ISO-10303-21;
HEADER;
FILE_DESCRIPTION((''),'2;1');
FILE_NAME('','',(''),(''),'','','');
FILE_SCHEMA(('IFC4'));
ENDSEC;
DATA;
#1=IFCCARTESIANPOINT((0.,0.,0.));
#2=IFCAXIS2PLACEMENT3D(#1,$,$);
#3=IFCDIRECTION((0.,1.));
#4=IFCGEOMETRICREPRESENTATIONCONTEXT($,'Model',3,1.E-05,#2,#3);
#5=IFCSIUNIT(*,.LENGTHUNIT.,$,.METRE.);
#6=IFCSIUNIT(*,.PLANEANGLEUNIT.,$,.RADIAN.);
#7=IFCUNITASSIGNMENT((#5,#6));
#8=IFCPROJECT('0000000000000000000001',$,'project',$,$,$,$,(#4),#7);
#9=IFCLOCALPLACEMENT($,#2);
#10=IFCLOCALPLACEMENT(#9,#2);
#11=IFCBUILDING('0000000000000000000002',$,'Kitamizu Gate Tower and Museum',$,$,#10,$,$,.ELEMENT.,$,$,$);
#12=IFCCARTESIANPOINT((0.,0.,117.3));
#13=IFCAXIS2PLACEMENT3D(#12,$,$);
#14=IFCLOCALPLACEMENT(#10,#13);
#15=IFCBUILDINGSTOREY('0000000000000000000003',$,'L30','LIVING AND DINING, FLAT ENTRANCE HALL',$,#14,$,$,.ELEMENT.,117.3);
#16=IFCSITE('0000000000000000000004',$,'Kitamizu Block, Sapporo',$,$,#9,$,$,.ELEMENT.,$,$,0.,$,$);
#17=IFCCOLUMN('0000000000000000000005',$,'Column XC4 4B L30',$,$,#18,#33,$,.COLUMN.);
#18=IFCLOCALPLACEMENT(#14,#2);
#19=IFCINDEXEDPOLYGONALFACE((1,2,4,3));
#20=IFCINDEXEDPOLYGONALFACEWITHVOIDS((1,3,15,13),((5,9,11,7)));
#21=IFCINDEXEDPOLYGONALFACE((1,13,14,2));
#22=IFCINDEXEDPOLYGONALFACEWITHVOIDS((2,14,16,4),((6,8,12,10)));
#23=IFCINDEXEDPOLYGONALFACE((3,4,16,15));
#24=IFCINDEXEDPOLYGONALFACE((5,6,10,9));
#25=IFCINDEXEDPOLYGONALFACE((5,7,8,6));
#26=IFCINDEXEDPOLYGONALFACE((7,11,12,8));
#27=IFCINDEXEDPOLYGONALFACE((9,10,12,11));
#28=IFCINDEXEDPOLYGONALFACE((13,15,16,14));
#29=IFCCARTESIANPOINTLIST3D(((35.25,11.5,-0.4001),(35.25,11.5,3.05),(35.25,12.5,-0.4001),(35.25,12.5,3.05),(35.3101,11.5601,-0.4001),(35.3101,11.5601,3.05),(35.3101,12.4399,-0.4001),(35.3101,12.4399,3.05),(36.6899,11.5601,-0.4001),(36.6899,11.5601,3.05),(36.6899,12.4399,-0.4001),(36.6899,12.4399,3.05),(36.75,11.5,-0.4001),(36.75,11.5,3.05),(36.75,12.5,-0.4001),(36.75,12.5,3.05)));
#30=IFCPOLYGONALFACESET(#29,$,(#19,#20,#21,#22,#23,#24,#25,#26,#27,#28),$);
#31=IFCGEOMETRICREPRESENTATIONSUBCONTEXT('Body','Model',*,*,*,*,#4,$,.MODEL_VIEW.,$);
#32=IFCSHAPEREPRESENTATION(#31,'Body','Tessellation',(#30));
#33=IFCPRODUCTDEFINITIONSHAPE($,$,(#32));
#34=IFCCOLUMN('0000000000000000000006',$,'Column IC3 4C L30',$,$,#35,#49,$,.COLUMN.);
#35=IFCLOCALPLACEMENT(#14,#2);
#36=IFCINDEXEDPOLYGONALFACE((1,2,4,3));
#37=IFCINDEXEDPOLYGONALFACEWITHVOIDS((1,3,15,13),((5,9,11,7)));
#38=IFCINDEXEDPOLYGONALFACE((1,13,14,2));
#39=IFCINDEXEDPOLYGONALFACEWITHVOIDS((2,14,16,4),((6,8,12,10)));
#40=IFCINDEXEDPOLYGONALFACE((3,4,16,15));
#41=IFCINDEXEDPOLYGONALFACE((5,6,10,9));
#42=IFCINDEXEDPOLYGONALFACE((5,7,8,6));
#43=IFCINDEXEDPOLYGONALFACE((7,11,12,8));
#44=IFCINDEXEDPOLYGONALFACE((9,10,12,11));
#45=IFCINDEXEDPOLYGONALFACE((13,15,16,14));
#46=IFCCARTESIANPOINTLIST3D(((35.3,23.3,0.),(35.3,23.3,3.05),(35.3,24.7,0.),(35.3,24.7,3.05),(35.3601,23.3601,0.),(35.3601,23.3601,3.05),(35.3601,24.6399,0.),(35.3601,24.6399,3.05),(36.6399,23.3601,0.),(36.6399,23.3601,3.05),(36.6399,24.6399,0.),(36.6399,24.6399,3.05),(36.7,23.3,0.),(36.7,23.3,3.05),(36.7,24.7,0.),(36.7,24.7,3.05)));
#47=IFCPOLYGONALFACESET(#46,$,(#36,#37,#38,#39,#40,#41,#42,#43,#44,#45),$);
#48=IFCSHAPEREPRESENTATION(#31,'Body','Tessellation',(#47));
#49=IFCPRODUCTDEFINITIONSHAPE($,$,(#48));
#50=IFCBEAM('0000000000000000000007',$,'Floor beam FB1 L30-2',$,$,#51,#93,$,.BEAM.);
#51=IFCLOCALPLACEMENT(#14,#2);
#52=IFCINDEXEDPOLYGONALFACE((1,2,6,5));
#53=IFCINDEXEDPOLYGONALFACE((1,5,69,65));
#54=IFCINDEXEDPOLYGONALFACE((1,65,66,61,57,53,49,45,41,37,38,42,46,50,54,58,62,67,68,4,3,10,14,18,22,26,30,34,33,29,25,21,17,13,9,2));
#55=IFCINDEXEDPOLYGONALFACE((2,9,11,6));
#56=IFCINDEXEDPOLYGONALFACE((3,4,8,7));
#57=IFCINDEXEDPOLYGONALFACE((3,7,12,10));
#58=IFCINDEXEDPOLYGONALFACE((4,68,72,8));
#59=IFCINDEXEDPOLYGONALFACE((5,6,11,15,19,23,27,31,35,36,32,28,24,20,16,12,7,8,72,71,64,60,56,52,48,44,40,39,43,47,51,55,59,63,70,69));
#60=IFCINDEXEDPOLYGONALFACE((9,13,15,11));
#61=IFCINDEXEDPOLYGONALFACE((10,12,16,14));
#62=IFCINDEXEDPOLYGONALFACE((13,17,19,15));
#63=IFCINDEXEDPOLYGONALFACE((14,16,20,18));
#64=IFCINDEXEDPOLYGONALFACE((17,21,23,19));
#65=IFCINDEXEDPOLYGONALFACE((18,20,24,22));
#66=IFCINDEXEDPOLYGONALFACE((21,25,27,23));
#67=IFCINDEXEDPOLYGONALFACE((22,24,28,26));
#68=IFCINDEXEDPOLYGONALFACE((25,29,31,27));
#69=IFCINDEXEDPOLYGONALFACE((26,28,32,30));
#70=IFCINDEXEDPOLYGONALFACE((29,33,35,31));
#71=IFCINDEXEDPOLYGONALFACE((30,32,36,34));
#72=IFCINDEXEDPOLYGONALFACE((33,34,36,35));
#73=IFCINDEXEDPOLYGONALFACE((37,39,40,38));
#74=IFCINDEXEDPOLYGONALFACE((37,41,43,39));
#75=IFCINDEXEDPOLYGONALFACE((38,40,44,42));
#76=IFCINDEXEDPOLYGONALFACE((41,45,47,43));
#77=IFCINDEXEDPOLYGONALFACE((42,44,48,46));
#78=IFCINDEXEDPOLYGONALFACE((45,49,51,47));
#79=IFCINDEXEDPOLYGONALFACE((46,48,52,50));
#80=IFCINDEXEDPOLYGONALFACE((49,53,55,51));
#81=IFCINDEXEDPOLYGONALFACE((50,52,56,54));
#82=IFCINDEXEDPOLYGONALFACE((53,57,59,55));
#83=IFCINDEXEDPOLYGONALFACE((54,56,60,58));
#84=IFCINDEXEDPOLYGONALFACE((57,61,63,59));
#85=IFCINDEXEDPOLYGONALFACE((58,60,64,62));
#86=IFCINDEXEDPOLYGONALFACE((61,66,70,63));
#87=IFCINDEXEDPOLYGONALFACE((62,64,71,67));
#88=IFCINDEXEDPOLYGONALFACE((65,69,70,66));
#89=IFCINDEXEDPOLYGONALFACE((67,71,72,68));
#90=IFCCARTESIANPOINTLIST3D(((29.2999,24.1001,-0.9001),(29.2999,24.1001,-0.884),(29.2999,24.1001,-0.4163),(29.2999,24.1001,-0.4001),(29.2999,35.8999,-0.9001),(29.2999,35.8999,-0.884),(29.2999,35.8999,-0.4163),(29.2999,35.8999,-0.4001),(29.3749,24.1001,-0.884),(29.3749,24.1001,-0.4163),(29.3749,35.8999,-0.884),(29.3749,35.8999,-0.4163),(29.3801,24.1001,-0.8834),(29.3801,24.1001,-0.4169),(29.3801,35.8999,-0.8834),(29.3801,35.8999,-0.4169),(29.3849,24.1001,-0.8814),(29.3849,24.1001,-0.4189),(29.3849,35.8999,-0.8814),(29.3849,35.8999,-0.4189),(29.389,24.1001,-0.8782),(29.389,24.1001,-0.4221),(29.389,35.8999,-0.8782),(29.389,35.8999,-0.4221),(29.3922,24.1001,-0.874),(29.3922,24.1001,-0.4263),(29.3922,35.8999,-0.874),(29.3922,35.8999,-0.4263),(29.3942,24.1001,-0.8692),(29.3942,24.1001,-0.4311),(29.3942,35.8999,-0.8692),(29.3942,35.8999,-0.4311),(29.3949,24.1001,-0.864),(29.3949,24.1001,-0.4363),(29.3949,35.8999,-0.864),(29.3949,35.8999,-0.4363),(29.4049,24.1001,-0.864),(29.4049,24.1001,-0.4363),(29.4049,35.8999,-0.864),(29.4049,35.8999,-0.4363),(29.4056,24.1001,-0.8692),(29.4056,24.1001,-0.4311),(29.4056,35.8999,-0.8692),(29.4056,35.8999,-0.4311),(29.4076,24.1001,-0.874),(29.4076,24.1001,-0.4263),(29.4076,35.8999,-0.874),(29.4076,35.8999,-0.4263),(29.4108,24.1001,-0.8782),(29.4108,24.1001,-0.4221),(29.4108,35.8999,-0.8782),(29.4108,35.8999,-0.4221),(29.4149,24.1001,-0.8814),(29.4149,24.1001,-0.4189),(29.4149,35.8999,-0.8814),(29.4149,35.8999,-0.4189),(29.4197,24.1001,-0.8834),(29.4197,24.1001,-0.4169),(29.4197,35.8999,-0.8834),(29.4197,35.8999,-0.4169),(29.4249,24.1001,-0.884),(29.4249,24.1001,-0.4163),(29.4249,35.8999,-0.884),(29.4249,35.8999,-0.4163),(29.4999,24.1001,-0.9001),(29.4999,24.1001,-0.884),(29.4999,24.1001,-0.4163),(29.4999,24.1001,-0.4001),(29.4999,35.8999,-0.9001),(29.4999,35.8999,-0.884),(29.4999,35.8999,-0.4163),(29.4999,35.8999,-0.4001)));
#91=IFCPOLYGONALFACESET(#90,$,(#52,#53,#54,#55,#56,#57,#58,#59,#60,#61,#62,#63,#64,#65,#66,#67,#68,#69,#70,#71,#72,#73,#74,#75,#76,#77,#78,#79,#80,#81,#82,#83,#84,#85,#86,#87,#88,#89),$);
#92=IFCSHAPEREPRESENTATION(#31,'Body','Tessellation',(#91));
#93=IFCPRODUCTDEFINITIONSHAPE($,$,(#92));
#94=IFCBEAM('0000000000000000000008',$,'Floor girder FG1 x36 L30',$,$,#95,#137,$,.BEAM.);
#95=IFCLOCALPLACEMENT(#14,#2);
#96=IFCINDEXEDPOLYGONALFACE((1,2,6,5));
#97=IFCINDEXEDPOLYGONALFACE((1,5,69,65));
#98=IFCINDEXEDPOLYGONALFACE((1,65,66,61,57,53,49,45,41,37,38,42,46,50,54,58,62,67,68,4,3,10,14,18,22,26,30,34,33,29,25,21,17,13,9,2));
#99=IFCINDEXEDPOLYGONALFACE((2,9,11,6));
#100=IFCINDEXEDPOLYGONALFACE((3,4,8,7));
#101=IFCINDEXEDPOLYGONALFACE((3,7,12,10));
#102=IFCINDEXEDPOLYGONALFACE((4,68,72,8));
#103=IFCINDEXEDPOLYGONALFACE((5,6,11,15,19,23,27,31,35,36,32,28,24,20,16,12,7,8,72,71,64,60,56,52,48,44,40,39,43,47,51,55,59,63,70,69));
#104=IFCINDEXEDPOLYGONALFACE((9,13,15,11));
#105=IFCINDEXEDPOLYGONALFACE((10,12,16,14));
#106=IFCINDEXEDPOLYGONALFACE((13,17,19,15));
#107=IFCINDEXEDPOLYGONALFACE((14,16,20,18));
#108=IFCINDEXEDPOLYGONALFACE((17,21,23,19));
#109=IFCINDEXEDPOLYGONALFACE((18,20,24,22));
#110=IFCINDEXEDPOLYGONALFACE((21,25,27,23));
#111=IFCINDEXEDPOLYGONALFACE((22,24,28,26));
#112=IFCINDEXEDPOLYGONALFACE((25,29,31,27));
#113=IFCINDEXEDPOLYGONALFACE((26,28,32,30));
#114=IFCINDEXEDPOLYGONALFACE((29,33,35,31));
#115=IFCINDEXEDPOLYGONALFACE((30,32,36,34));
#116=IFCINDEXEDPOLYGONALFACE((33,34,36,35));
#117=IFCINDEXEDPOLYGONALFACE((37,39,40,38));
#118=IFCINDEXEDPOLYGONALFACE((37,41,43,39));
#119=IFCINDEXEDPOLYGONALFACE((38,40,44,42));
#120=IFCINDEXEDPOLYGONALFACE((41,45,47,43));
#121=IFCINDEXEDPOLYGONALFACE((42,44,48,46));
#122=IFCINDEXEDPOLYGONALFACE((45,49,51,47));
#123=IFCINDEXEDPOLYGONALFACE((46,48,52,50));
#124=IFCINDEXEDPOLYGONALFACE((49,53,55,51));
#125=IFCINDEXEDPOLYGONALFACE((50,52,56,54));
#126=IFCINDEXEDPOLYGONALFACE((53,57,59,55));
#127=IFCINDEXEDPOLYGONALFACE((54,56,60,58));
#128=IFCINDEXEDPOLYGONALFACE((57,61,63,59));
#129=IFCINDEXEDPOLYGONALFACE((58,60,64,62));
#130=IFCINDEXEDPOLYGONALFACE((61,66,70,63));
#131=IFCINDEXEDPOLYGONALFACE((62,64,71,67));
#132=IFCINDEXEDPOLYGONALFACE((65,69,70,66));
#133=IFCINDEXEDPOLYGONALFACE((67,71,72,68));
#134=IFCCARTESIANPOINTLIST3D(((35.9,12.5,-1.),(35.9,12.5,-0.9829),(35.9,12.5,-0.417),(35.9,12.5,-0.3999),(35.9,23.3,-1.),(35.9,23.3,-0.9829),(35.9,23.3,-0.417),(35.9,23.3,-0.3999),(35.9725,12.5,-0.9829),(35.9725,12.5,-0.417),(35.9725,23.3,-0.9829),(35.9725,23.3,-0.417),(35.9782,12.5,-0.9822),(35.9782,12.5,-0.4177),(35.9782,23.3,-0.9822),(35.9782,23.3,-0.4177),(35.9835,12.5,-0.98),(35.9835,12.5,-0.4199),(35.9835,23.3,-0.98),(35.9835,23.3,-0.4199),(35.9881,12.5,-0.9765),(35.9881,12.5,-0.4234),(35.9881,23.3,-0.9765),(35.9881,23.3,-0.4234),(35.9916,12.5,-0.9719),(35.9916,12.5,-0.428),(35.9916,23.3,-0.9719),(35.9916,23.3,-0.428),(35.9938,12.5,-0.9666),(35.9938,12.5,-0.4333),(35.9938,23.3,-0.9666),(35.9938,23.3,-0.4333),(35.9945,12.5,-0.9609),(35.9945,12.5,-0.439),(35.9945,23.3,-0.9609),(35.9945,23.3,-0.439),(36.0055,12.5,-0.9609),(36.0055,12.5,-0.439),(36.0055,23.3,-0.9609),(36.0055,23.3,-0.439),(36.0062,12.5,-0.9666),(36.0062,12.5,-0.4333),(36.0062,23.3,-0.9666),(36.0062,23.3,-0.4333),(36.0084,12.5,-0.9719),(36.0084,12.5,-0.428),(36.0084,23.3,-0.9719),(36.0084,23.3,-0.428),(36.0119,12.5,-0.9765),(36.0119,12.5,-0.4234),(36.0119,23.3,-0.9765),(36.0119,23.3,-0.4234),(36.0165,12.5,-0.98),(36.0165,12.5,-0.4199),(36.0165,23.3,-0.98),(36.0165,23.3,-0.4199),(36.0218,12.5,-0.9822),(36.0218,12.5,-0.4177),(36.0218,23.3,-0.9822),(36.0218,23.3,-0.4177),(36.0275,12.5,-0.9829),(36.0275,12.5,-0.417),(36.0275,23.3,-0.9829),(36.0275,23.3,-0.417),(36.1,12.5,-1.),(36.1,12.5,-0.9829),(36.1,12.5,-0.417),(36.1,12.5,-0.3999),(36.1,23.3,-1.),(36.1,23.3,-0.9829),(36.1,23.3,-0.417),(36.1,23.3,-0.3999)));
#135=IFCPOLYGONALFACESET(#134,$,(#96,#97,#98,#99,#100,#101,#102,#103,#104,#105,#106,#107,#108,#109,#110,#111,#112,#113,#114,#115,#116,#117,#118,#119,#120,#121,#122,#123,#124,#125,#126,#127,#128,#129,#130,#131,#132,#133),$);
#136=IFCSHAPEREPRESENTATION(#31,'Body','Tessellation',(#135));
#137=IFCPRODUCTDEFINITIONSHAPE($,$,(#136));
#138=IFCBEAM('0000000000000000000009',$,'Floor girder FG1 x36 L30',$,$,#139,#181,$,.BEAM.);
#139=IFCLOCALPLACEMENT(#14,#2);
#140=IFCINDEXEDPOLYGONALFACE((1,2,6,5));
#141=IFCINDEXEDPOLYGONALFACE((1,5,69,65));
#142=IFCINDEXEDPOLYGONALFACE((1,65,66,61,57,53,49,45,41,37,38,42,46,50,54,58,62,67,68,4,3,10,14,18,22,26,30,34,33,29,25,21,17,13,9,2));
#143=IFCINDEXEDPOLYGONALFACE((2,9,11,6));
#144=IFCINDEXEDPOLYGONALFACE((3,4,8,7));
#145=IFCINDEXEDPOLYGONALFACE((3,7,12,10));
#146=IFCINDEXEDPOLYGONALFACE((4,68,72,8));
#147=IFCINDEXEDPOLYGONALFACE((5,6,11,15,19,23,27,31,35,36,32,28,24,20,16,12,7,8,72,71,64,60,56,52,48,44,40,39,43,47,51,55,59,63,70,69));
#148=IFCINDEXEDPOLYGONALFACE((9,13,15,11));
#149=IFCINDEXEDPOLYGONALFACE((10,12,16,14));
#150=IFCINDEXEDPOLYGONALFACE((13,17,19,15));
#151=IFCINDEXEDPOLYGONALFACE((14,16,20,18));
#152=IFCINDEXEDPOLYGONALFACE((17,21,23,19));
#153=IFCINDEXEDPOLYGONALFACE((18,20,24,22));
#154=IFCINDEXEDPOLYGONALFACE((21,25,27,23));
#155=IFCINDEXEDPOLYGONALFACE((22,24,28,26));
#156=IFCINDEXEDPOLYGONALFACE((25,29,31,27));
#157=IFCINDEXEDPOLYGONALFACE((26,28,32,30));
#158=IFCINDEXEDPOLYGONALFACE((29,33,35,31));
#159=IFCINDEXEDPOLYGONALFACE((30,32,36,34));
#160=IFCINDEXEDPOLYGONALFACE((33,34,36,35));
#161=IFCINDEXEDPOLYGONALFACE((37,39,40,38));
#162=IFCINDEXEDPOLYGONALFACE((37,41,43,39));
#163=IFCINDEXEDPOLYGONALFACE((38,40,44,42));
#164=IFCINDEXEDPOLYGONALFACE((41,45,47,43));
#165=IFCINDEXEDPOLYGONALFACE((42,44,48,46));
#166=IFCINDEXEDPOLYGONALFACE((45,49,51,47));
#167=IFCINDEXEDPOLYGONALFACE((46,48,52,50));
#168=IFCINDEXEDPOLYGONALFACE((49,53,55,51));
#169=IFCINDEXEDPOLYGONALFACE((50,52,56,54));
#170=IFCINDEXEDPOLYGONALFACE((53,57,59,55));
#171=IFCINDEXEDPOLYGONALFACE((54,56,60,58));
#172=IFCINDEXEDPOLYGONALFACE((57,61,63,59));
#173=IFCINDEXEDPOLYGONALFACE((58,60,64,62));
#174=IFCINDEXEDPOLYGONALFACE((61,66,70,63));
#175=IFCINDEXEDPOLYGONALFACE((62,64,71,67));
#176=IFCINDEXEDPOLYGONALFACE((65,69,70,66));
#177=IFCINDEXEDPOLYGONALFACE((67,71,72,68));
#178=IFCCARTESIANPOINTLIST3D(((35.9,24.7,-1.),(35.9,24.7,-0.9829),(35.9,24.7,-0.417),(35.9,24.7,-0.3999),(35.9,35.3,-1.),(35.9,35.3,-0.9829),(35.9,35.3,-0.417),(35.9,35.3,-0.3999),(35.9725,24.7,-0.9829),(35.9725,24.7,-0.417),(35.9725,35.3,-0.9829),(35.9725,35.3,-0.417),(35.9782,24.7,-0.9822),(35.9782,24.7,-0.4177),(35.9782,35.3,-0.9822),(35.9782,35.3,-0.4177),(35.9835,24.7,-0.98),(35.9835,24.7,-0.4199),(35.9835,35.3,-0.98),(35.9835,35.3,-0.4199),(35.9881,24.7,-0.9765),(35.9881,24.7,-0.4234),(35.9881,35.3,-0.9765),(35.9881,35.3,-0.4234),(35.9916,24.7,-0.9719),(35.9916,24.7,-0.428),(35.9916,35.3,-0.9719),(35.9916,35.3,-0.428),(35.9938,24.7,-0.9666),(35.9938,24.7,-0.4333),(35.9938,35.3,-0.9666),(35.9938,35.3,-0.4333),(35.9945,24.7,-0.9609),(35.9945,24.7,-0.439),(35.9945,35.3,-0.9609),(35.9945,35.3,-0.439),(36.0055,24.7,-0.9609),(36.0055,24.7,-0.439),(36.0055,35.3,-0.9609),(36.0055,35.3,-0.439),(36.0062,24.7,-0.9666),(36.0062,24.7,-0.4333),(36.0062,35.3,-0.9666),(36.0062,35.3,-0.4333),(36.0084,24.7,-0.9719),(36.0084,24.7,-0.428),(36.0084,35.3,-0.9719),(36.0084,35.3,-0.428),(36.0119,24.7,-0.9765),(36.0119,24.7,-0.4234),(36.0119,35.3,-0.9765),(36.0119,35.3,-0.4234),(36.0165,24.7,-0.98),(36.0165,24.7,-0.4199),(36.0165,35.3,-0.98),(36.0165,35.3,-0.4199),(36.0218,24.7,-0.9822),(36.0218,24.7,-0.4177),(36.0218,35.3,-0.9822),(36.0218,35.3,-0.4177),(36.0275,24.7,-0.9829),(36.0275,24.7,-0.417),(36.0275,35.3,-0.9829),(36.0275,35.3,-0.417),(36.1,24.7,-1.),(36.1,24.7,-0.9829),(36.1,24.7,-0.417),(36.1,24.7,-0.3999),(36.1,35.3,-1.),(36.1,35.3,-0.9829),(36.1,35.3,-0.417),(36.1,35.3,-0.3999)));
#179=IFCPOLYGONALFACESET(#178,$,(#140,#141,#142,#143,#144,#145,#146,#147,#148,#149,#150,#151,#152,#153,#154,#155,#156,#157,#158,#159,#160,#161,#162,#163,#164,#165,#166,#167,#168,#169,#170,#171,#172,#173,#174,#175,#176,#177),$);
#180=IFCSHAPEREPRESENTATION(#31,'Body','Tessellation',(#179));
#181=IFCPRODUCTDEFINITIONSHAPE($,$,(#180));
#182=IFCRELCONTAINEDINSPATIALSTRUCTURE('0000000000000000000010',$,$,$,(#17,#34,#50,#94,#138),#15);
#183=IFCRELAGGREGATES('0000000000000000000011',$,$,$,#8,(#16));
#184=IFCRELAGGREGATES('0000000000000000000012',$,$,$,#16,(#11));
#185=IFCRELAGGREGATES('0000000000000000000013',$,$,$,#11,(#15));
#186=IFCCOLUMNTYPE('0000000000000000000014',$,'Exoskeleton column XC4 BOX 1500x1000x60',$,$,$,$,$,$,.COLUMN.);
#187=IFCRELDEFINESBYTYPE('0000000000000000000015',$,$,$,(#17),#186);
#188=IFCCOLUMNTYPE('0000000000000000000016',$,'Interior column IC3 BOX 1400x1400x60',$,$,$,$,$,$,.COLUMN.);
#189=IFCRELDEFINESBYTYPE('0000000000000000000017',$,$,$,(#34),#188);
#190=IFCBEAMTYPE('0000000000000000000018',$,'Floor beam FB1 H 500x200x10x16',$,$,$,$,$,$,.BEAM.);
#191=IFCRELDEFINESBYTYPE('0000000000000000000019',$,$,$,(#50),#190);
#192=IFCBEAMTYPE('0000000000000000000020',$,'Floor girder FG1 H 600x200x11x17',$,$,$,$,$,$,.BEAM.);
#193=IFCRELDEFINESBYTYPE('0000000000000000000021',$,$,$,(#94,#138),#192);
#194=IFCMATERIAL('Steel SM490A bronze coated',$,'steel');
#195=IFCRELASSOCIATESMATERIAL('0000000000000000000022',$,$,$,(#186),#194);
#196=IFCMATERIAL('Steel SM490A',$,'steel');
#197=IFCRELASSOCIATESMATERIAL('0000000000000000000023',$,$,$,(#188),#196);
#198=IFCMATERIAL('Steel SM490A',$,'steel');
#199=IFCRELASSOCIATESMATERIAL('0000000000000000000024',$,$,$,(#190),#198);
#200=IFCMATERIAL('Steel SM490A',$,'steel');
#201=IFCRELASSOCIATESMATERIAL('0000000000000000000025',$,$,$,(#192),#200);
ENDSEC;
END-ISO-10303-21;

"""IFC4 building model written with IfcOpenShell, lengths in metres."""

from ifc_helpers import new_model, si_unit, direction, frame, origin, origin_2d, place, context, subcontext, project, spatial, hollow_rectangle, i_section, extrude, material, material_profile, profile_set, type_object, element, save


model = new_model("IFC4")

# Units and contexts
model_context = context("Model", 3, precision=1e-05, world=origin(), true_north=direction((0.0, 1.0)))
body_context = subcontext(model_context, "Body", "Model", "MODEL_VIEW")
ifc_project = project(units=[si_unit("LENGTHUNIT", "METRE"), si_unit("PLANEANGLEUNIT", "RADIAN")], contexts=[model_context])

# Site, building, storey
site_placement = place(None, origin())
site = spatial("IfcSite", under=ifc_project, at=site_placement, Name="Kitamizu Block, Sapporo", CompositionType="ELEMENT", RefElevation=0.0)
building_placement = place(site_placement, origin())
building = spatial("IfcBuilding", under=site, at=building_placement, Name="Kitamizu Gate Tower and Museum", CompositionType="ELEMENT")
storey_placement = place(building_placement, frame((0.0, 0.0, 117.3)))
storey = spatial("IfcBuildingStorey", under=building, at=storey_placement, Name="L30", Description="LIVING AND DINING, FLAT ENTRANCE HALL", CompositionType="ELEMENT", Elevation=117.3)

# Columns
ifc_material_1 = material(Name="Steel SM490A bronze coated", Category="steel")
ifc_material_profile_1 = material_profile(ifc_material_1, hollow_rectangle(XDim=1.5, YDim=1.0, WallThickness=0.0601, at=origin_2d()), Name="BOX 1500x1000x60")
ifc_profile_set_1 = profile_set([ifc_material_profile_1], Name="Steel SM490A bronze coated")
column_type_1 = type_object("IfcColumnType", Name="Exoskeleton column XC4 BOX 1500x1000x60", PredefinedType="COLUMN", material=ifc_profile_set_1)
column_1_placement = place(storey_placement, frame((36.0, 12.0, -0.4001), z_axis=(0.0, 0.0, 1.0), x_axis=(1.0, 0.0, 0.0)))
element("IfcColumn", 1, at=column_1_placement, inside=storey, type_object=column_type_1, Name="Column XC4 4B L30", PredefinedType="COLUMN", context=body_context, shape_type="SweptSolid", body=[
    extrude(hollow_rectangle(XDim=1.5, YDim=1.0, WallThickness=0.0601, at=origin_2d()), origin(), (0.0, 0.0, 1.0), 3.4502),
])
ifc_material_2 = material(Name="Steel SM490A", Category="steel")
ifc_material_profile_2 = material_profile(ifc_material_2, hollow_rectangle(XDim=1.3999, YDim=1.3999, WallThickness=0.0601, at=origin_2d()), Name="BOX 1400x1400x60")
ifc_profile_set_2 = profile_set([ifc_material_profile_2], Name="Steel SM490A")
column_type_2 = type_object("IfcColumnType", Name="Interior column IC3 BOX 1400x1400x60", PredefinedType="COLUMN", material=ifc_profile_set_2)
column_2_placement = place(storey_placement, frame((36.0, 24.0, 0.0), z_axis=(0.0, 0.0, 1.0), x_axis=(1.0, 0.0, 0.0)))
element("IfcColumn", 2, at=column_2_placement, inside=storey, type_object=column_type_2, Name="Column IC3 4C L30", PredefinedType="COLUMN", context=body_context, shape_type="SweptSolid", body=[
    extrude(hollow_rectangle(XDim=1.3999, YDim=1.3999, WallThickness=0.0601, at=origin_2d()), origin(), (0.0, 0.0, 1.0), 3.05),
])

# Beams
ifc_material_3 = material(Name="Steel SM490A", Category="steel")
ifc_material_profile_3 = material_profile(ifc_material_3, i_section(OverallWidth=0.2, OverallDepth=0.5, WebThickness=0.01, FlangeThickness=0.0161, FilletRadius=0.02, at=origin_2d()), Name="H-500x200x10x16")
ifc_profile_set_3 = profile_set([ifc_material_profile_3], Name="Steel SM490A")
beam_type_1 = type_object("IfcBeamType", Name="Floor beam FB1 H 500x200x10x16", PredefinedType="BEAM", material=ifc_profile_set_3)
beam_1_placement = place(storey_placement, frame((29.3999, 24.1001, -0.6501), z_axis=(0.0, 1.0, 0.0), x_axis=(-1.0, 0.0, 0.0)))
element("IfcBeam", 3, at=beam_1_placement, inside=storey, type_object=beam_type_1, Name="Floor beam FB1 L30-2", PredefinedType="BEAM", context=body_context, shape_type="SweptSolid", body=[
    extrude(i_section(OverallWidth=0.2, OverallDepth=0.5, WebThickness=0.01, FlangeThickness=0.0161, FilletRadius=0.02, at=origin_2d()), origin(), (0.0, 0.0, 1.0), 11.7998),
])
ifc_material_4 = material(Name="Steel SM490A", Category="steel")
ifc_material_profile_4 = material_profile(ifc_material_4, i_section(OverallWidth=0.2, OverallDepth=0.6001, WebThickness=0.011, FlangeThickness=0.0171, FilletRadius=0.022, at=origin_2d()), Name="H-600x200x11x17")
ifc_profile_set_4 = profile_set([ifc_material_profile_4], Name="Steel SM490A")
beam_type_2 = type_object("IfcBeamType", Name="Floor girder FG1 H 600x200x11x17", PredefinedType="BEAM", material=ifc_profile_set_4)
beam_2_placement = place(storey_placement, frame((36.0, 12.5, -0.7), z_axis=(0.0, 1.0, 0.0), x_axis=(-1.0, 0.0, 0.0)))
element("IfcBeam", 4, at=beam_2_placement, inside=storey, type_object=beam_type_2, Name="Floor girder FG1 x36 L30", PredefinedType="BEAM", context=body_context, shape_type="SweptSolid", body=[
    extrude(i_section(OverallWidth=0.2, OverallDepth=0.6001, WebThickness=0.011, FlangeThickness=0.0171, FilletRadius=0.022, at=origin_2d()), origin(), (0.0, 0.0, 1.0), 10.8),
])
beam_3_placement = place(storey_placement, frame((36.0, 24.7, -0.7), z_axis=(0.0, 1.0, 0.0), x_axis=(-1.0, 0.0, 0.0)))
element("IfcBeam", 5, at=beam_3_placement, inside=storey, type_object=beam_type_2, Name="Floor girder FG1 x36 L30", PredefinedType="BEAM", context=body_context, shape_type="SweptSolid", body=[
    extrude(i_section(OverallWidth=0.2, OverallDepth=0.6001, WebThickness=0.011, FlangeThickness=0.0171, FilletRadius=0.022, at=origin_2d()), origin(), (0.0, 0.0, 1.0), 10.6001),
])

save(model, "model.ifc")
